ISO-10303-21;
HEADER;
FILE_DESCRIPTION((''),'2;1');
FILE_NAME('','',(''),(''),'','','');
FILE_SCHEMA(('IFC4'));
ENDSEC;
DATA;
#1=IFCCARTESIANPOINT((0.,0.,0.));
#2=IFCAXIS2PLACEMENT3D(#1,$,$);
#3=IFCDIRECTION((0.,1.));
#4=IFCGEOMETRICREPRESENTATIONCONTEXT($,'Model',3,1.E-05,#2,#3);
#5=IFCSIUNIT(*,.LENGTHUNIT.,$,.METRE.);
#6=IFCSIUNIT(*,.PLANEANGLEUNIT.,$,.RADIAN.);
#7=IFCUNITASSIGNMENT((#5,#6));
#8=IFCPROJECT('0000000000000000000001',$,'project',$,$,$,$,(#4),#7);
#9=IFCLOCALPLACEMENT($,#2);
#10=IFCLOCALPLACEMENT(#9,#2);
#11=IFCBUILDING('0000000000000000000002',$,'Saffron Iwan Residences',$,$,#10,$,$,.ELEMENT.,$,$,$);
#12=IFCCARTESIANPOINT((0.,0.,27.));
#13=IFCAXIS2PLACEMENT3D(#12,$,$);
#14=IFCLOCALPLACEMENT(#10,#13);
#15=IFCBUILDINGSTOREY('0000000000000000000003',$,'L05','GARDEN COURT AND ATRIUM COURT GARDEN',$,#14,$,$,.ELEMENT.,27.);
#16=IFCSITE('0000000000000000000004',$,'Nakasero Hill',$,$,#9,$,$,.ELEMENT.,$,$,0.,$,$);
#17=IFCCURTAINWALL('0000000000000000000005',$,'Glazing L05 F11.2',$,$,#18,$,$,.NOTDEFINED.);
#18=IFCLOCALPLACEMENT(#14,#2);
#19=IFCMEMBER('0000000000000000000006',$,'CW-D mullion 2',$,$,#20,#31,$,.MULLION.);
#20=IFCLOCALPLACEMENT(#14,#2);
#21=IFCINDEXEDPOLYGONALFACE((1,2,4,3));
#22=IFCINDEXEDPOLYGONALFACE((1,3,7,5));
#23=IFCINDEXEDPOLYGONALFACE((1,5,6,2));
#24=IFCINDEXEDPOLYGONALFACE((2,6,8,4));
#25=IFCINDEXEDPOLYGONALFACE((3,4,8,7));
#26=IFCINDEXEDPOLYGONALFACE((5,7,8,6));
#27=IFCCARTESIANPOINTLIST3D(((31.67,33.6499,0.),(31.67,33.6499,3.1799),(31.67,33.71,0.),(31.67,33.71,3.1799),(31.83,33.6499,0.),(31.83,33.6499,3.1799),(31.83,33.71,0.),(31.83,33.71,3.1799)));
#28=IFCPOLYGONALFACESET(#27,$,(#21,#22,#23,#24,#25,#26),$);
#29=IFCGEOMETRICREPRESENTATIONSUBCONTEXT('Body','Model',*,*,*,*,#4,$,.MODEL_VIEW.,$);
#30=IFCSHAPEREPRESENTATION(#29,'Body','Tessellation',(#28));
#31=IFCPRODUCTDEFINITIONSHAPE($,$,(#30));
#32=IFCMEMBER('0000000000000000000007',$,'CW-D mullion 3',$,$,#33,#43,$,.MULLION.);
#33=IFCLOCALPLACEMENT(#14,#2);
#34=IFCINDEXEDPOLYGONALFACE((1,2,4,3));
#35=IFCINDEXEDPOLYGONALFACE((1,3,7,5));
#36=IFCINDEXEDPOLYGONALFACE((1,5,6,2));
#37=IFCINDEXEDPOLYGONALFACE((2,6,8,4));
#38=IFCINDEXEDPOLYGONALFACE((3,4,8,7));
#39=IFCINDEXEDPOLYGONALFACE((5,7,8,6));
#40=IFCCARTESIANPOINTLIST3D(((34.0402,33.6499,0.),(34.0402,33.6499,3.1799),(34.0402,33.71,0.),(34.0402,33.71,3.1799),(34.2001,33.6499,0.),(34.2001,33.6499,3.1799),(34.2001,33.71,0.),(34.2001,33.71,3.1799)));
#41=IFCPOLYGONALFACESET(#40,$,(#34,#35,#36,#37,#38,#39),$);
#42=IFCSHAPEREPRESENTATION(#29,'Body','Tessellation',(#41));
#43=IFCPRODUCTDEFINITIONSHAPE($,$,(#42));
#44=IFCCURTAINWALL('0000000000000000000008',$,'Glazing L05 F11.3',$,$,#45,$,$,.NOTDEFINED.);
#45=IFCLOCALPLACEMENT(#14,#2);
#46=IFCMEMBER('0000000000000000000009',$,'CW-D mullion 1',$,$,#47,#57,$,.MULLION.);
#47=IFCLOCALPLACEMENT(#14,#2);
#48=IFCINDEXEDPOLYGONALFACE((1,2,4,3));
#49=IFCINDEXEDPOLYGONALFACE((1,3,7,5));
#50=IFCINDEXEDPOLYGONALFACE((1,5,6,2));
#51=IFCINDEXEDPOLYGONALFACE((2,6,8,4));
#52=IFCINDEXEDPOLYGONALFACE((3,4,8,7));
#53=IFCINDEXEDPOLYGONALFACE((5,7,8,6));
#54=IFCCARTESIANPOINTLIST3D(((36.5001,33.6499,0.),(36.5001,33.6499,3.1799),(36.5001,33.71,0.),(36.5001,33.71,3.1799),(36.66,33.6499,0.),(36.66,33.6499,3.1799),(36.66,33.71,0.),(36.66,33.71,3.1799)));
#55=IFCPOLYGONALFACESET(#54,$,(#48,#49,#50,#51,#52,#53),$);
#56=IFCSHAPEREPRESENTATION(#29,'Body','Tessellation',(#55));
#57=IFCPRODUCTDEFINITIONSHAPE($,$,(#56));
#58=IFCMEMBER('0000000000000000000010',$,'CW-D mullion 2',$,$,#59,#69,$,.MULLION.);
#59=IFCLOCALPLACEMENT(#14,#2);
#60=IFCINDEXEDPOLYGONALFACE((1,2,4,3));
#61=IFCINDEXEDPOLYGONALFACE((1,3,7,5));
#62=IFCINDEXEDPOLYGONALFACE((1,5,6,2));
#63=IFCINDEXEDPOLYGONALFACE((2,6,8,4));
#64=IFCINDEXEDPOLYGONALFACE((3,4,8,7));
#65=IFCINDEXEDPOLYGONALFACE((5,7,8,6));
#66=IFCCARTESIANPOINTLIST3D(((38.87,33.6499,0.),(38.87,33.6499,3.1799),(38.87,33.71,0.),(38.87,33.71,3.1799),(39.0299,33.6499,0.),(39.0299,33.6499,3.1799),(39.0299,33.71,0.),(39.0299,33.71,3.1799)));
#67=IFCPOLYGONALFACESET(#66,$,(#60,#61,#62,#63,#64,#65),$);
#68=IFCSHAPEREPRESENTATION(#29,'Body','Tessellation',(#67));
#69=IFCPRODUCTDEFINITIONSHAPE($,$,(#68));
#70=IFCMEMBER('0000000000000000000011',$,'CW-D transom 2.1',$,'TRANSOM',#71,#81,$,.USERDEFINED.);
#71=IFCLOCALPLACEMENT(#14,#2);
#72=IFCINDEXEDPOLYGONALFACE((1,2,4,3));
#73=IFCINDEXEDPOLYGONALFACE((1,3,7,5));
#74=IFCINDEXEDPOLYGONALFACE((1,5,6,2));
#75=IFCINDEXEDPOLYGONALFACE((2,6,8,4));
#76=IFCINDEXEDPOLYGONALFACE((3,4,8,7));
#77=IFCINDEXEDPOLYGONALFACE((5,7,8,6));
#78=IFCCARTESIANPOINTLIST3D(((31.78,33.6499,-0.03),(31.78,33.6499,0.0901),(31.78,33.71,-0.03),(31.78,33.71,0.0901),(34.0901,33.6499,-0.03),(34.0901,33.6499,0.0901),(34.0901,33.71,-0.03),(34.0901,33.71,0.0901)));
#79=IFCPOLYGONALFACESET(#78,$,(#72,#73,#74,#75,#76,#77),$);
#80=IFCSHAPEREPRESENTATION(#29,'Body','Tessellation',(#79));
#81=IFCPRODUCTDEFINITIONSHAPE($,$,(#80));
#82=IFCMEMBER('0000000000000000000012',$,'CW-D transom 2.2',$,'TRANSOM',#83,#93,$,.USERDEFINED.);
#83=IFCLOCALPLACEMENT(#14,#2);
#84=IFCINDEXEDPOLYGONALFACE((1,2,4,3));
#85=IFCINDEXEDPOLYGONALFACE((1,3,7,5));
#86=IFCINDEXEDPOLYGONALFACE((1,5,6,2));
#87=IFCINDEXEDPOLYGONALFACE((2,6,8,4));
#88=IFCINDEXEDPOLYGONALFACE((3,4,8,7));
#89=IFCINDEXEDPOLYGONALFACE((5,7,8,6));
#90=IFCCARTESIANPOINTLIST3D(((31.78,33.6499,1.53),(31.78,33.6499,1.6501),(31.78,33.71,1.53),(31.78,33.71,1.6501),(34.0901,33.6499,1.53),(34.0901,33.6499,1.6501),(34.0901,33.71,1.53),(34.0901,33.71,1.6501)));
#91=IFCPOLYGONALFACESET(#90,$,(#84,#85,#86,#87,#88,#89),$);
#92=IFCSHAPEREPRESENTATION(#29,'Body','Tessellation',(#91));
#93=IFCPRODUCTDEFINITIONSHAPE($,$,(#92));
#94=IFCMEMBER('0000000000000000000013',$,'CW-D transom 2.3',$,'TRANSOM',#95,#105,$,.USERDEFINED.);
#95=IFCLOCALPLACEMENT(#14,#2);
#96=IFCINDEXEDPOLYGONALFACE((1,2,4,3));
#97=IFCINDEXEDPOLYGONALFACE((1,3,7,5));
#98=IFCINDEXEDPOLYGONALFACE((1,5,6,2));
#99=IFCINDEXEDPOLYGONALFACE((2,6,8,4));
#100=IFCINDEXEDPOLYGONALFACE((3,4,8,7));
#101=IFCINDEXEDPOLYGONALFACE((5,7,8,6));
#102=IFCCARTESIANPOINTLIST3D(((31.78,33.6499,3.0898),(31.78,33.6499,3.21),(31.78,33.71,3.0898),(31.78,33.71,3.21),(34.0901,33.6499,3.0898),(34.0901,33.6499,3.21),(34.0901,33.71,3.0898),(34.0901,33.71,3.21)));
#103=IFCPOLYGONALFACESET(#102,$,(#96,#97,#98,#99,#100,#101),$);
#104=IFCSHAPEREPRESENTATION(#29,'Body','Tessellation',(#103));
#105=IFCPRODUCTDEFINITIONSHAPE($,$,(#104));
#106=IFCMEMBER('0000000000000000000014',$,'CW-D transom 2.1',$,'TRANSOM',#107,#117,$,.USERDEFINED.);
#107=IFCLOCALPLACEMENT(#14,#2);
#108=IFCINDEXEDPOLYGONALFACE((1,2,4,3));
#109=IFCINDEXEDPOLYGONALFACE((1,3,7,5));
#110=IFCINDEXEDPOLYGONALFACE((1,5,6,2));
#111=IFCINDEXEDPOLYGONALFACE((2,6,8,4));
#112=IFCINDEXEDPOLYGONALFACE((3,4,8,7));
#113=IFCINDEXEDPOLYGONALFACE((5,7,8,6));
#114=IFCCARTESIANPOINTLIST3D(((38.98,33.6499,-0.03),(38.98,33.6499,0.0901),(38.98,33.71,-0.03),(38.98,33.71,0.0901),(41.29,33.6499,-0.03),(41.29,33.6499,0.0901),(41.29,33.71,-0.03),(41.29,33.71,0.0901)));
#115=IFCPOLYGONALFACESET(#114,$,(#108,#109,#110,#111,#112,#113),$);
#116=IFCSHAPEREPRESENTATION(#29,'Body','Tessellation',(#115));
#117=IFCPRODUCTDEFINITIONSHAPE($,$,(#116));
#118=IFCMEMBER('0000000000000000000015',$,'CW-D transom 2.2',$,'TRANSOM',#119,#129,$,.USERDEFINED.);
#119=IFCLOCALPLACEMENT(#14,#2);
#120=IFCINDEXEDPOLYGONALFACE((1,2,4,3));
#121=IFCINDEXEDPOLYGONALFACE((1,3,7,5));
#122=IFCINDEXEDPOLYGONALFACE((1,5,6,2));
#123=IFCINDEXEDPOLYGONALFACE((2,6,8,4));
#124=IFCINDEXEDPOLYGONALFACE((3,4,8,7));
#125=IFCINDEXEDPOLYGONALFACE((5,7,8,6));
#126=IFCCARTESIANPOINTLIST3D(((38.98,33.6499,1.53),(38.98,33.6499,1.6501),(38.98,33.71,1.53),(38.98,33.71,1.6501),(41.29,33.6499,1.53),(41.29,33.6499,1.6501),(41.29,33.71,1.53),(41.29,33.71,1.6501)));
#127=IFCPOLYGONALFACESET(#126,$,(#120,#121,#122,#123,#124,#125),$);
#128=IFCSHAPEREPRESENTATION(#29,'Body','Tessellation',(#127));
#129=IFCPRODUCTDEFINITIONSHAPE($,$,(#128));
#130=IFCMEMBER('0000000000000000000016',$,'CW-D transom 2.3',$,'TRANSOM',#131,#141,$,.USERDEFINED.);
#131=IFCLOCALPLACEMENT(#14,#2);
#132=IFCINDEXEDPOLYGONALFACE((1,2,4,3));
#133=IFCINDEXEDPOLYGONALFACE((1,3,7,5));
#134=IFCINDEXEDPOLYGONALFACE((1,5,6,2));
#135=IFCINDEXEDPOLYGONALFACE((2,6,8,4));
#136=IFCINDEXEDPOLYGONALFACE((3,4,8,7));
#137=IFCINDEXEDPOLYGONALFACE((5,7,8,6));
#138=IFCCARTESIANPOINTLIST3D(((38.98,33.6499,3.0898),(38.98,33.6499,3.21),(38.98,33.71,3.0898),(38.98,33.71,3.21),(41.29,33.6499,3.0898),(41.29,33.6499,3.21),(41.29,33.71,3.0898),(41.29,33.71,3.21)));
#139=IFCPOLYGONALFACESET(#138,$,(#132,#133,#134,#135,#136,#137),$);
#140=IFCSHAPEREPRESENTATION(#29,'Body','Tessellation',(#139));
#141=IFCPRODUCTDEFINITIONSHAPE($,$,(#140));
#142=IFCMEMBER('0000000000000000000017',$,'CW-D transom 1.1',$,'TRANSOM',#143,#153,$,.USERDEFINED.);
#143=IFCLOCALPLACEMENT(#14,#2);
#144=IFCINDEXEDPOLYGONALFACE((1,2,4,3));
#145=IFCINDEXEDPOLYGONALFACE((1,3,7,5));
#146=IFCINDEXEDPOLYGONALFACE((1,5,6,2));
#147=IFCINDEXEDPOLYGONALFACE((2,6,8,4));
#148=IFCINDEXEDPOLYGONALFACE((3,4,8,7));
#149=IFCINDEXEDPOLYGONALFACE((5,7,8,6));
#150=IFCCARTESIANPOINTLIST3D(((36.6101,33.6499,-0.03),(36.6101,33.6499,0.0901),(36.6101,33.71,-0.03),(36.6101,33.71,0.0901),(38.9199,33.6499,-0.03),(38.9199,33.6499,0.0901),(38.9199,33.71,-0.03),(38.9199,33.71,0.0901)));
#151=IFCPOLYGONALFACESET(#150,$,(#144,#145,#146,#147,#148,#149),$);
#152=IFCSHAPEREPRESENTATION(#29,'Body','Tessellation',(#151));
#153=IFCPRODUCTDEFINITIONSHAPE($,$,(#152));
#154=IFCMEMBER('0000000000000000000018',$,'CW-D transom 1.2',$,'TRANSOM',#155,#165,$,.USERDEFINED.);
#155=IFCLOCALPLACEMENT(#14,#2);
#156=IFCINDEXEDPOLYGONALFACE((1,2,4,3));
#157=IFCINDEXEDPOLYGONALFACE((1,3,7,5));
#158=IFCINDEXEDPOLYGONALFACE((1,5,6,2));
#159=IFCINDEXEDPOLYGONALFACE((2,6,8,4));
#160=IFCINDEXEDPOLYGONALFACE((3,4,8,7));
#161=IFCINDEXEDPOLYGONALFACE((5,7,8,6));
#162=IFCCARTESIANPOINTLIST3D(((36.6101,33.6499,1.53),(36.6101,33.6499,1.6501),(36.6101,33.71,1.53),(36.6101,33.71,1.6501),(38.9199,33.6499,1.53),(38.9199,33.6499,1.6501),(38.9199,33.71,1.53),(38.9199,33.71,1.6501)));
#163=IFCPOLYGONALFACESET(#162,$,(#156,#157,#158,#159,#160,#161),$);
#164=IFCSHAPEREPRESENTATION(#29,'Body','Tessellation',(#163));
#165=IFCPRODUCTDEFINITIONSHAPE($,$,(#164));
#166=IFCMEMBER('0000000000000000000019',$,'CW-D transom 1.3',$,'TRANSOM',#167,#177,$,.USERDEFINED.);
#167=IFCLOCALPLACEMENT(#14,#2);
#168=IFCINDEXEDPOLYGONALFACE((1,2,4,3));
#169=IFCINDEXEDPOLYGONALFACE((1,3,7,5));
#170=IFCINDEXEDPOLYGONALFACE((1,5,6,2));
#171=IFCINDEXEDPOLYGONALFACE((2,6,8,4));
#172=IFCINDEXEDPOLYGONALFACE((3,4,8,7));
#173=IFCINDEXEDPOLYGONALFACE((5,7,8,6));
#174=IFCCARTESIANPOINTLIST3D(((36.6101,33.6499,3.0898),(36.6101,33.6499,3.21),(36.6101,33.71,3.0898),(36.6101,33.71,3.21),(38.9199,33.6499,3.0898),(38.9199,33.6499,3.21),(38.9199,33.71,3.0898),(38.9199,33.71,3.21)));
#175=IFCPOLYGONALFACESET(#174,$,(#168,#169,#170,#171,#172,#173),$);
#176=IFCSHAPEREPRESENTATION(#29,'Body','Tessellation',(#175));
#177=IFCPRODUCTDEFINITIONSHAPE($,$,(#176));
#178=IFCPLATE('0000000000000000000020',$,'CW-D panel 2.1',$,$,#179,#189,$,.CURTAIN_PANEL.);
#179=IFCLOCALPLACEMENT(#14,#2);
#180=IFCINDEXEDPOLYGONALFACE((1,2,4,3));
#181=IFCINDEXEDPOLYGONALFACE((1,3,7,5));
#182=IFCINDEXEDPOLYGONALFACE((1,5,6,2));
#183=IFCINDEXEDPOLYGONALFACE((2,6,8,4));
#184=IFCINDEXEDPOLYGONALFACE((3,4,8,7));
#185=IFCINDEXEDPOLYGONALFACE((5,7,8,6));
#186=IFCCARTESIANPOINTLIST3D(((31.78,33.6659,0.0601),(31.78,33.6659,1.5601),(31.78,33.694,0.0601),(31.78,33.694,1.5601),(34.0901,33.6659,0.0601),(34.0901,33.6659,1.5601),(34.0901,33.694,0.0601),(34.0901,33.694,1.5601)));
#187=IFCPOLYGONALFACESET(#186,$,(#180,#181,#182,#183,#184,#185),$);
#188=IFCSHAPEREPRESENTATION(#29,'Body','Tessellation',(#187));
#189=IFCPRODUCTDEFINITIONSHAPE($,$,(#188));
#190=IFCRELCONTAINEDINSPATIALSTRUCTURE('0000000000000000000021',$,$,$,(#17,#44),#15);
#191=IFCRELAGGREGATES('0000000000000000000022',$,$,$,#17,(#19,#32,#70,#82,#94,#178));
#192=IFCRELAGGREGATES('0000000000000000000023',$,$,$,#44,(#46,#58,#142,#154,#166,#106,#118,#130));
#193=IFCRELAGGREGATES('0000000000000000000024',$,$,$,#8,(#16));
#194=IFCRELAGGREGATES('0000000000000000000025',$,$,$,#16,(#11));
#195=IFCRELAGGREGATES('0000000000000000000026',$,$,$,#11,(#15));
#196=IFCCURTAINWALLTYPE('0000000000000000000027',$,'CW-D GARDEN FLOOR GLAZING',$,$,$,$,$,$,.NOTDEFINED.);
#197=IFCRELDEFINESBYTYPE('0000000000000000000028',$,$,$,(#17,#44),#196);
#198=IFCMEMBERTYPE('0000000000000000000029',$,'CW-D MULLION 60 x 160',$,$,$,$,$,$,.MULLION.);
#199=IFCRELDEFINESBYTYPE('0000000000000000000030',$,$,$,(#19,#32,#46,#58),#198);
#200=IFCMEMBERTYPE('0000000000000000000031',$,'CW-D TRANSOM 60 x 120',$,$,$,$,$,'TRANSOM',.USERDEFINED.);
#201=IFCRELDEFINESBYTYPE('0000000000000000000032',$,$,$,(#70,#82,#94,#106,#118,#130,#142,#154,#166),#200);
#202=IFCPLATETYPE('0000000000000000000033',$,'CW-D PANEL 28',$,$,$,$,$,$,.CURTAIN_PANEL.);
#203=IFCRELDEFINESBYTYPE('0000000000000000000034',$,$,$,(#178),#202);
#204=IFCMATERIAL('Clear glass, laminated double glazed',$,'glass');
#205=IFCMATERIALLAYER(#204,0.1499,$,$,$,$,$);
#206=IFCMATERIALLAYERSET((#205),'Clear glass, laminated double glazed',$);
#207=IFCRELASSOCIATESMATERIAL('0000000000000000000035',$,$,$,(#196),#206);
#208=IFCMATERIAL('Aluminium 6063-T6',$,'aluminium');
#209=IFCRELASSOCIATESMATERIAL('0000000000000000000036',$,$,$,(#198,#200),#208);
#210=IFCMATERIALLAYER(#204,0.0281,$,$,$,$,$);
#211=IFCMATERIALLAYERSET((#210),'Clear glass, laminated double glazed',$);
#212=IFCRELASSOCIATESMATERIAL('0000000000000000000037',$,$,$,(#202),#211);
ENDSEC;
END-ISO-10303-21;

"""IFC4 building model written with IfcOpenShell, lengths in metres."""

from ifc_helpers import new_model, si_unit, direction, frame, origin, origin_2d, place, context, subcontext, project, spatial, rectangle, extrude, source, transform, mapped, material, layer, layer_set, material_profile, profile_set, type_object, element, aggregate, save


model = new_model("IFC4")

# Units and contexts
model_context = context("Model", 3, precision=1e-05, world=origin(), true_north=direction((0.0, 1.0)))
body_context = subcontext(model_context, "Body", "Model", "MODEL_VIEW")
ifc_project = project(units=[si_unit("LENGTHUNIT", "METRE"), si_unit("PLANEANGLEUNIT", "RADIAN")], contexts=[model_context])

# Site, building, storey
site_placement = place(None, origin())
site = spatial("IfcSite", under=ifc_project, at=site_placement, Name="Nakasero Hill", CompositionType="ELEMENT", RefElevation=0.0)
building_placement = place(site_placement, origin())
building = spatial("IfcBuilding", under=site, at=building_placement, Name="Saffron Iwan Residences", CompositionType="ELEMENT")
storey_placement = place(building_placement, frame((0.0, 0.0, 27.0)))
storey = spatial("IfcBuildingStorey", under=building, at=storey_placement, Name="L05", Description="GARDEN COURT AND ATRIUM COURT GARDEN", CompositionType="ELEMENT", Elevation=27.0)

# Curtain walls, members
ifc_material_1 = material(Name="Clear glass, laminated double glazed", Category="glass")
ifc_layer_1 = layer(ifc_material_1, 0.1499)
ifc_layer_set_1 = layer_set([ifc_layer_1], Name="Clear glass, laminated double glazed")
curtain_wall_type = type_object("IfcCurtainWallType", Name="CW-D GARDEN FLOOR GLAZING", PredefinedType="NOTDEFINED", material=ifc_layer_set_1)
curtain_wall_1_placement = place(storey_placement, origin())
curtain_wall_1 = element("IfcCurtainWall", 1, at=curtain_wall_1_placement, inside=storey, type_object=curtain_wall_type, Name="Glazing L05 F11.2", PredefinedType="NOTDEFINED")
ifc_material_2 = material(Name="Aluminium 6063-T6", Category="aluminium")
ifc_material_profile_1 = material_profile(ifc_material_2, rectangle(XDim=0.0601, YDim=0.1599, at=origin_2d()), Name="CW-D MULLION 60 x 160")
ifc_profile_set_1 = profile_set([ifc_material_profile_1], Name="Aluminium 6063-T6")
member_type_1 = type_object("IfcMemberType", Name="CW-D MULLION 60 x 160", PredefinedType="MULLION", material=ifc_profile_set_1)
shared_shape_1 = source(origin(), body_context, "Body", "SweptSolid", [
    extrude(rectangle(XDim=0.0601, YDim=0.1599, at=origin_2d()), origin(), (0.0, 0.0, 1.0), 3.1799),
])
member_1_placement = place(storey_placement, frame((31.75, 33.6799, 0.0), z_axis=(0.0, 0.0, 1.0), x_axis=(0.0, 1.0, 0.0)))
member_1 = element("IfcMember", 2, at=member_1_placement, type_object=member_type_1, Name="CW-D mullion 2", PredefinedType="MULLION", context=body_context, shape_type="MappedRepresentation", body=[
    mapped(shared_shape_1, transform((0.0, 0.0, 0.0))),
])
member_2_placement = place(storey_placement, frame((34.1201, 33.6799, 0.0), z_axis=(0.0, 0.0, 1.0), x_axis=(0.0, 1.0, 0.0)))
member_2 = element("IfcMember", 3, at=member_2_placement, type_object=member_type_1, Name="CW-D mullion 3", PredefinedType="MULLION", context=body_context, shape_type="MappedRepresentation", body=[
    mapped(shared_shape_1, transform((0.0, 0.0, 0.0))),
])
curtain_wall_2_placement = place(storey_placement, origin())
curtain_wall_2 = element("IfcCurtainWall", 4, at=curtain_wall_2_placement, inside=storey, type_object=curtain_wall_type, Name="Glazing L05 F11.3", PredefinedType="NOTDEFINED")
member_3_placement = place(storey_placement, frame((36.5801, 33.6799, 0.0), z_axis=(0.0, 0.0, 1.0), x_axis=(0.0, 1.0, 0.0)))
member_3 = element("IfcMember", 5, at=member_3_placement, type_object=member_type_1, Name="CW-D mullion 1", PredefinedType="MULLION", context=body_context, shape_type="MappedRepresentation", body=[
    mapped(shared_shape_1, transform((0.0, 0.0, 0.0))),
])
member_4_placement = place(storey_placement, frame((38.95, 33.6799, 0.0), z_axis=(0.0, 0.0, 1.0), x_axis=(0.0, 1.0, 0.0)))
member_4 = element("IfcMember", 6, at=member_4_placement, type_object=member_type_1, Name="CW-D mullion 2", PredefinedType="MULLION", context=body_context, shape_type="MappedRepresentation", body=[
    mapped(shared_shape_1, transform((0.0, 0.0, 0.0))),
])

# Members
ifc_material_profile_2 = material_profile(ifc_material_2, rectangle(XDim=0.0601, YDim=0.1201, at=origin_2d()), Name="CW-D TRANSOM 60 x 120")
ifc_profile_set_2 = profile_set([ifc_material_profile_2], Name="Aluminium 6063-T6")
member_type_2 = type_object("IfcMemberType", Name="CW-D TRANSOM 60 x 120", ElementType="TRANSOM", PredefinedType="USERDEFINED", material=ifc_profile_set_2)
shared_shape_2 = source(origin(), body_context, "Body", "SweptSolid", [
    extrude(rectangle(XDim=0.0601, YDim=0.1201, at=origin_2d()), origin(), (0.0, 0.0, 1.0), 2.3101),
])
member_5_placement = place(storey_placement, frame((31.78, 33.6799, 0.03), z_axis=(1.0, 0.0, 0.0), x_axis=(0.0, 1.0, 0.0)))
member_5 = element("IfcMember", 7, at=member_5_placement, type_object=member_type_2, Name="CW-D transom 2.1", ObjectType="TRANSOM", PredefinedType="USERDEFINED", context=body_context, shape_type="MappedRepresentation", body=[
    mapped(shared_shape_2, transform((0.0, 0.0, 0.0))),
])
member_6_placement = place(storey_placement, frame((31.78, 33.6799, 1.5901), z_axis=(1.0, 0.0, 0.0), x_axis=(0.0, 1.0, 0.0)))
member_6 = element("IfcMember", 8, at=member_6_placement, type_object=member_type_2, Name="CW-D transom 2.2", ObjectType="TRANSOM", PredefinedType="USERDEFINED", context=body_context, shape_type="MappedRepresentation", body=[
    mapped(shared_shape_2, transform((0.0, 0.0, 0.0))),
])
member_7_placement = place(storey_placement, frame((31.78, 33.6799, 3.1499), z_axis=(1.0, 0.0, 0.0), x_axis=(0.0, 1.0, 0.0)))
member_7 = element("IfcMember", 9, at=member_7_placement, type_object=member_type_2, Name="CW-D transom 2.3", ObjectType="TRANSOM", PredefinedType="USERDEFINED", context=body_context, shape_type="MappedRepresentation", body=[
    mapped(shared_shape_2, transform((0.0, 0.0, 0.0))),
])
member_8_placement = place(storey_placement, frame((38.98, 33.6799, 0.03), z_axis=(1.0, 0.0, 0.0), x_axis=(0.0, 1.0, 0.0)))
member_8 = element("IfcMember", 10, at=member_8_placement, type_object=member_type_2, Name="CW-D transom 2.1", ObjectType="TRANSOM", PredefinedType="USERDEFINED", context=body_context, shape_type="MappedRepresentation", body=[
    mapped(shared_shape_2, transform((0.0, 0.0, 0.0))),
])
member_9_placement = place(storey_placement, frame((38.98, 33.6799, 1.5901), z_axis=(1.0, 0.0, 0.0), x_axis=(0.0, 1.0, 0.0)))
member_9 = element("IfcMember", 11, at=member_9_placement, type_object=member_type_2, Name="CW-D transom 2.2", ObjectType="TRANSOM", PredefinedType="USERDEFINED", context=body_context, shape_type="MappedRepresentation", body=[
    mapped(shared_shape_2, transform((0.0, 0.0, 0.0))),
])
member_10_placement = place(storey_placement, frame((38.98, 33.6799, 3.1499), z_axis=(1.0, 0.0, 0.0), x_axis=(0.0, 1.0, 0.0)))
member_10 = element("IfcMember", 12, at=member_10_placement, type_object=member_type_2, Name="CW-D transom 2.3", ObjectType="TRANSOM", PredefinedType="USERDEFINED", context=body_context, shape_type="MappedRepresentation", body=[
    mapped(shared_shape_2, transform((0.0, 0.0, 0.0))),
])
shared_shape_3 = source(origin(), body_context, "Body", "SweptSolid", [
    extrude(rectangle(XDim=0.0601, YDim=0.1201, at=origin_2d()), origin(), (0.0, 0.0, 1.0), 2.3098),
])
member_11_placement = place(storey_placement, frame((36.6101, 33.6799, 0.03), z_axis=(1.0, 0.0, 0.0), x_axis=(0.0, 1.0, 0.0)))
member_11 = element("IfcMember", 13, at=member_11_placement, type_object=member_type_2, Name="CW-D transom 1.1", ObjectType="TRANSOM", PredefinedType="USERDEFINED", context=body_context, shape_type="MappedRepresentation", body=[
    mapped(shared_shape_3, transform((0.0, 0.0, 0.0))),
])
member_12_placement = place(storey_placement, frame((36.6101, 33.6799, 1.5901), z_axis=(1.0, 0.0, 0.0), x_axis=(0.0, 1.0, 0.0)))
member_12 = element("IfcMember", 14, at=member_12_placement, type_object=member_type_2, Name="CW-D transom 1.2", ObjectType="TRANSOM", PredefinedType="USERDEFINED", context=body_context, shape_type="MappedRepresentation", body=[
    mapped(shared_shape_3, transform((0.0, 0.0, 0.0))),
])
member_13_placement = place(storey_placement, frame((36.6101, 33.6799, 3.1499), z_axis=(1.0, 0.0, 0.0), x_axis=(0.0, 1.0, 0.0)))
member_13 = element("IfcMember", 15, at=member_13_placement, type_object=member_type_2, Name="CW-D transom 1.3", ObjectType="TRANSOM", PredefinedType="USERDEFINED", context=body_context, shape_type="MappedRepresentation", body=[
    mapped(shared_shape_3, transform((0.0, 0.0, 0.0))),
])

# Plate
ifc_layer_2 = layer(ifc_material_1, 0.0281)
ifc_layer_set_2 = layer_set([ifc_layer_2], Name="Clear glass, laminated double glazed")
plate_type = type_object("IfcPlateType", Name="CW-D PANEL 28", PredefinedType="CURTAIN_PANEL", material=ifc_layer_set_2)
shared_shape_4 = source(origin(), body_context, "Body", "SweptSolid", [
    extrude(rectangle(XDim=2.3101, YDim=0.0281, at=origin_2d()), origin(), (0.0, 0.0, 1.0), 1.5),
])
plate_1_placement = place(storey_placement, frame((32.9351, 33.6799, 0.0601), z_axis=(0.0, 0.0, 1.0), x_axis=(1.0, 0.0, 0.0)))
plate_1 = element("IfcPlate", 16, at=plate_1_placement, type_object=plate_type, Name="CW-D panel 2.1", PredefinedType="CURTAIN_PANEL", context=body_context, shape_type="MappedRepresentation", body=[
    mapped(shared_shape_4, transform((0.0, 0.0, 0.0))),
])
aggregate(curtain_wall_1, [member_1, member_2, member_5, member_6, member_7, plate_1])
aggregate(curtain_wall_2, [member_3, member_4, member_11, member_12, member_13, member_8, member_9, member_10])

save(model, "model.ifc")
